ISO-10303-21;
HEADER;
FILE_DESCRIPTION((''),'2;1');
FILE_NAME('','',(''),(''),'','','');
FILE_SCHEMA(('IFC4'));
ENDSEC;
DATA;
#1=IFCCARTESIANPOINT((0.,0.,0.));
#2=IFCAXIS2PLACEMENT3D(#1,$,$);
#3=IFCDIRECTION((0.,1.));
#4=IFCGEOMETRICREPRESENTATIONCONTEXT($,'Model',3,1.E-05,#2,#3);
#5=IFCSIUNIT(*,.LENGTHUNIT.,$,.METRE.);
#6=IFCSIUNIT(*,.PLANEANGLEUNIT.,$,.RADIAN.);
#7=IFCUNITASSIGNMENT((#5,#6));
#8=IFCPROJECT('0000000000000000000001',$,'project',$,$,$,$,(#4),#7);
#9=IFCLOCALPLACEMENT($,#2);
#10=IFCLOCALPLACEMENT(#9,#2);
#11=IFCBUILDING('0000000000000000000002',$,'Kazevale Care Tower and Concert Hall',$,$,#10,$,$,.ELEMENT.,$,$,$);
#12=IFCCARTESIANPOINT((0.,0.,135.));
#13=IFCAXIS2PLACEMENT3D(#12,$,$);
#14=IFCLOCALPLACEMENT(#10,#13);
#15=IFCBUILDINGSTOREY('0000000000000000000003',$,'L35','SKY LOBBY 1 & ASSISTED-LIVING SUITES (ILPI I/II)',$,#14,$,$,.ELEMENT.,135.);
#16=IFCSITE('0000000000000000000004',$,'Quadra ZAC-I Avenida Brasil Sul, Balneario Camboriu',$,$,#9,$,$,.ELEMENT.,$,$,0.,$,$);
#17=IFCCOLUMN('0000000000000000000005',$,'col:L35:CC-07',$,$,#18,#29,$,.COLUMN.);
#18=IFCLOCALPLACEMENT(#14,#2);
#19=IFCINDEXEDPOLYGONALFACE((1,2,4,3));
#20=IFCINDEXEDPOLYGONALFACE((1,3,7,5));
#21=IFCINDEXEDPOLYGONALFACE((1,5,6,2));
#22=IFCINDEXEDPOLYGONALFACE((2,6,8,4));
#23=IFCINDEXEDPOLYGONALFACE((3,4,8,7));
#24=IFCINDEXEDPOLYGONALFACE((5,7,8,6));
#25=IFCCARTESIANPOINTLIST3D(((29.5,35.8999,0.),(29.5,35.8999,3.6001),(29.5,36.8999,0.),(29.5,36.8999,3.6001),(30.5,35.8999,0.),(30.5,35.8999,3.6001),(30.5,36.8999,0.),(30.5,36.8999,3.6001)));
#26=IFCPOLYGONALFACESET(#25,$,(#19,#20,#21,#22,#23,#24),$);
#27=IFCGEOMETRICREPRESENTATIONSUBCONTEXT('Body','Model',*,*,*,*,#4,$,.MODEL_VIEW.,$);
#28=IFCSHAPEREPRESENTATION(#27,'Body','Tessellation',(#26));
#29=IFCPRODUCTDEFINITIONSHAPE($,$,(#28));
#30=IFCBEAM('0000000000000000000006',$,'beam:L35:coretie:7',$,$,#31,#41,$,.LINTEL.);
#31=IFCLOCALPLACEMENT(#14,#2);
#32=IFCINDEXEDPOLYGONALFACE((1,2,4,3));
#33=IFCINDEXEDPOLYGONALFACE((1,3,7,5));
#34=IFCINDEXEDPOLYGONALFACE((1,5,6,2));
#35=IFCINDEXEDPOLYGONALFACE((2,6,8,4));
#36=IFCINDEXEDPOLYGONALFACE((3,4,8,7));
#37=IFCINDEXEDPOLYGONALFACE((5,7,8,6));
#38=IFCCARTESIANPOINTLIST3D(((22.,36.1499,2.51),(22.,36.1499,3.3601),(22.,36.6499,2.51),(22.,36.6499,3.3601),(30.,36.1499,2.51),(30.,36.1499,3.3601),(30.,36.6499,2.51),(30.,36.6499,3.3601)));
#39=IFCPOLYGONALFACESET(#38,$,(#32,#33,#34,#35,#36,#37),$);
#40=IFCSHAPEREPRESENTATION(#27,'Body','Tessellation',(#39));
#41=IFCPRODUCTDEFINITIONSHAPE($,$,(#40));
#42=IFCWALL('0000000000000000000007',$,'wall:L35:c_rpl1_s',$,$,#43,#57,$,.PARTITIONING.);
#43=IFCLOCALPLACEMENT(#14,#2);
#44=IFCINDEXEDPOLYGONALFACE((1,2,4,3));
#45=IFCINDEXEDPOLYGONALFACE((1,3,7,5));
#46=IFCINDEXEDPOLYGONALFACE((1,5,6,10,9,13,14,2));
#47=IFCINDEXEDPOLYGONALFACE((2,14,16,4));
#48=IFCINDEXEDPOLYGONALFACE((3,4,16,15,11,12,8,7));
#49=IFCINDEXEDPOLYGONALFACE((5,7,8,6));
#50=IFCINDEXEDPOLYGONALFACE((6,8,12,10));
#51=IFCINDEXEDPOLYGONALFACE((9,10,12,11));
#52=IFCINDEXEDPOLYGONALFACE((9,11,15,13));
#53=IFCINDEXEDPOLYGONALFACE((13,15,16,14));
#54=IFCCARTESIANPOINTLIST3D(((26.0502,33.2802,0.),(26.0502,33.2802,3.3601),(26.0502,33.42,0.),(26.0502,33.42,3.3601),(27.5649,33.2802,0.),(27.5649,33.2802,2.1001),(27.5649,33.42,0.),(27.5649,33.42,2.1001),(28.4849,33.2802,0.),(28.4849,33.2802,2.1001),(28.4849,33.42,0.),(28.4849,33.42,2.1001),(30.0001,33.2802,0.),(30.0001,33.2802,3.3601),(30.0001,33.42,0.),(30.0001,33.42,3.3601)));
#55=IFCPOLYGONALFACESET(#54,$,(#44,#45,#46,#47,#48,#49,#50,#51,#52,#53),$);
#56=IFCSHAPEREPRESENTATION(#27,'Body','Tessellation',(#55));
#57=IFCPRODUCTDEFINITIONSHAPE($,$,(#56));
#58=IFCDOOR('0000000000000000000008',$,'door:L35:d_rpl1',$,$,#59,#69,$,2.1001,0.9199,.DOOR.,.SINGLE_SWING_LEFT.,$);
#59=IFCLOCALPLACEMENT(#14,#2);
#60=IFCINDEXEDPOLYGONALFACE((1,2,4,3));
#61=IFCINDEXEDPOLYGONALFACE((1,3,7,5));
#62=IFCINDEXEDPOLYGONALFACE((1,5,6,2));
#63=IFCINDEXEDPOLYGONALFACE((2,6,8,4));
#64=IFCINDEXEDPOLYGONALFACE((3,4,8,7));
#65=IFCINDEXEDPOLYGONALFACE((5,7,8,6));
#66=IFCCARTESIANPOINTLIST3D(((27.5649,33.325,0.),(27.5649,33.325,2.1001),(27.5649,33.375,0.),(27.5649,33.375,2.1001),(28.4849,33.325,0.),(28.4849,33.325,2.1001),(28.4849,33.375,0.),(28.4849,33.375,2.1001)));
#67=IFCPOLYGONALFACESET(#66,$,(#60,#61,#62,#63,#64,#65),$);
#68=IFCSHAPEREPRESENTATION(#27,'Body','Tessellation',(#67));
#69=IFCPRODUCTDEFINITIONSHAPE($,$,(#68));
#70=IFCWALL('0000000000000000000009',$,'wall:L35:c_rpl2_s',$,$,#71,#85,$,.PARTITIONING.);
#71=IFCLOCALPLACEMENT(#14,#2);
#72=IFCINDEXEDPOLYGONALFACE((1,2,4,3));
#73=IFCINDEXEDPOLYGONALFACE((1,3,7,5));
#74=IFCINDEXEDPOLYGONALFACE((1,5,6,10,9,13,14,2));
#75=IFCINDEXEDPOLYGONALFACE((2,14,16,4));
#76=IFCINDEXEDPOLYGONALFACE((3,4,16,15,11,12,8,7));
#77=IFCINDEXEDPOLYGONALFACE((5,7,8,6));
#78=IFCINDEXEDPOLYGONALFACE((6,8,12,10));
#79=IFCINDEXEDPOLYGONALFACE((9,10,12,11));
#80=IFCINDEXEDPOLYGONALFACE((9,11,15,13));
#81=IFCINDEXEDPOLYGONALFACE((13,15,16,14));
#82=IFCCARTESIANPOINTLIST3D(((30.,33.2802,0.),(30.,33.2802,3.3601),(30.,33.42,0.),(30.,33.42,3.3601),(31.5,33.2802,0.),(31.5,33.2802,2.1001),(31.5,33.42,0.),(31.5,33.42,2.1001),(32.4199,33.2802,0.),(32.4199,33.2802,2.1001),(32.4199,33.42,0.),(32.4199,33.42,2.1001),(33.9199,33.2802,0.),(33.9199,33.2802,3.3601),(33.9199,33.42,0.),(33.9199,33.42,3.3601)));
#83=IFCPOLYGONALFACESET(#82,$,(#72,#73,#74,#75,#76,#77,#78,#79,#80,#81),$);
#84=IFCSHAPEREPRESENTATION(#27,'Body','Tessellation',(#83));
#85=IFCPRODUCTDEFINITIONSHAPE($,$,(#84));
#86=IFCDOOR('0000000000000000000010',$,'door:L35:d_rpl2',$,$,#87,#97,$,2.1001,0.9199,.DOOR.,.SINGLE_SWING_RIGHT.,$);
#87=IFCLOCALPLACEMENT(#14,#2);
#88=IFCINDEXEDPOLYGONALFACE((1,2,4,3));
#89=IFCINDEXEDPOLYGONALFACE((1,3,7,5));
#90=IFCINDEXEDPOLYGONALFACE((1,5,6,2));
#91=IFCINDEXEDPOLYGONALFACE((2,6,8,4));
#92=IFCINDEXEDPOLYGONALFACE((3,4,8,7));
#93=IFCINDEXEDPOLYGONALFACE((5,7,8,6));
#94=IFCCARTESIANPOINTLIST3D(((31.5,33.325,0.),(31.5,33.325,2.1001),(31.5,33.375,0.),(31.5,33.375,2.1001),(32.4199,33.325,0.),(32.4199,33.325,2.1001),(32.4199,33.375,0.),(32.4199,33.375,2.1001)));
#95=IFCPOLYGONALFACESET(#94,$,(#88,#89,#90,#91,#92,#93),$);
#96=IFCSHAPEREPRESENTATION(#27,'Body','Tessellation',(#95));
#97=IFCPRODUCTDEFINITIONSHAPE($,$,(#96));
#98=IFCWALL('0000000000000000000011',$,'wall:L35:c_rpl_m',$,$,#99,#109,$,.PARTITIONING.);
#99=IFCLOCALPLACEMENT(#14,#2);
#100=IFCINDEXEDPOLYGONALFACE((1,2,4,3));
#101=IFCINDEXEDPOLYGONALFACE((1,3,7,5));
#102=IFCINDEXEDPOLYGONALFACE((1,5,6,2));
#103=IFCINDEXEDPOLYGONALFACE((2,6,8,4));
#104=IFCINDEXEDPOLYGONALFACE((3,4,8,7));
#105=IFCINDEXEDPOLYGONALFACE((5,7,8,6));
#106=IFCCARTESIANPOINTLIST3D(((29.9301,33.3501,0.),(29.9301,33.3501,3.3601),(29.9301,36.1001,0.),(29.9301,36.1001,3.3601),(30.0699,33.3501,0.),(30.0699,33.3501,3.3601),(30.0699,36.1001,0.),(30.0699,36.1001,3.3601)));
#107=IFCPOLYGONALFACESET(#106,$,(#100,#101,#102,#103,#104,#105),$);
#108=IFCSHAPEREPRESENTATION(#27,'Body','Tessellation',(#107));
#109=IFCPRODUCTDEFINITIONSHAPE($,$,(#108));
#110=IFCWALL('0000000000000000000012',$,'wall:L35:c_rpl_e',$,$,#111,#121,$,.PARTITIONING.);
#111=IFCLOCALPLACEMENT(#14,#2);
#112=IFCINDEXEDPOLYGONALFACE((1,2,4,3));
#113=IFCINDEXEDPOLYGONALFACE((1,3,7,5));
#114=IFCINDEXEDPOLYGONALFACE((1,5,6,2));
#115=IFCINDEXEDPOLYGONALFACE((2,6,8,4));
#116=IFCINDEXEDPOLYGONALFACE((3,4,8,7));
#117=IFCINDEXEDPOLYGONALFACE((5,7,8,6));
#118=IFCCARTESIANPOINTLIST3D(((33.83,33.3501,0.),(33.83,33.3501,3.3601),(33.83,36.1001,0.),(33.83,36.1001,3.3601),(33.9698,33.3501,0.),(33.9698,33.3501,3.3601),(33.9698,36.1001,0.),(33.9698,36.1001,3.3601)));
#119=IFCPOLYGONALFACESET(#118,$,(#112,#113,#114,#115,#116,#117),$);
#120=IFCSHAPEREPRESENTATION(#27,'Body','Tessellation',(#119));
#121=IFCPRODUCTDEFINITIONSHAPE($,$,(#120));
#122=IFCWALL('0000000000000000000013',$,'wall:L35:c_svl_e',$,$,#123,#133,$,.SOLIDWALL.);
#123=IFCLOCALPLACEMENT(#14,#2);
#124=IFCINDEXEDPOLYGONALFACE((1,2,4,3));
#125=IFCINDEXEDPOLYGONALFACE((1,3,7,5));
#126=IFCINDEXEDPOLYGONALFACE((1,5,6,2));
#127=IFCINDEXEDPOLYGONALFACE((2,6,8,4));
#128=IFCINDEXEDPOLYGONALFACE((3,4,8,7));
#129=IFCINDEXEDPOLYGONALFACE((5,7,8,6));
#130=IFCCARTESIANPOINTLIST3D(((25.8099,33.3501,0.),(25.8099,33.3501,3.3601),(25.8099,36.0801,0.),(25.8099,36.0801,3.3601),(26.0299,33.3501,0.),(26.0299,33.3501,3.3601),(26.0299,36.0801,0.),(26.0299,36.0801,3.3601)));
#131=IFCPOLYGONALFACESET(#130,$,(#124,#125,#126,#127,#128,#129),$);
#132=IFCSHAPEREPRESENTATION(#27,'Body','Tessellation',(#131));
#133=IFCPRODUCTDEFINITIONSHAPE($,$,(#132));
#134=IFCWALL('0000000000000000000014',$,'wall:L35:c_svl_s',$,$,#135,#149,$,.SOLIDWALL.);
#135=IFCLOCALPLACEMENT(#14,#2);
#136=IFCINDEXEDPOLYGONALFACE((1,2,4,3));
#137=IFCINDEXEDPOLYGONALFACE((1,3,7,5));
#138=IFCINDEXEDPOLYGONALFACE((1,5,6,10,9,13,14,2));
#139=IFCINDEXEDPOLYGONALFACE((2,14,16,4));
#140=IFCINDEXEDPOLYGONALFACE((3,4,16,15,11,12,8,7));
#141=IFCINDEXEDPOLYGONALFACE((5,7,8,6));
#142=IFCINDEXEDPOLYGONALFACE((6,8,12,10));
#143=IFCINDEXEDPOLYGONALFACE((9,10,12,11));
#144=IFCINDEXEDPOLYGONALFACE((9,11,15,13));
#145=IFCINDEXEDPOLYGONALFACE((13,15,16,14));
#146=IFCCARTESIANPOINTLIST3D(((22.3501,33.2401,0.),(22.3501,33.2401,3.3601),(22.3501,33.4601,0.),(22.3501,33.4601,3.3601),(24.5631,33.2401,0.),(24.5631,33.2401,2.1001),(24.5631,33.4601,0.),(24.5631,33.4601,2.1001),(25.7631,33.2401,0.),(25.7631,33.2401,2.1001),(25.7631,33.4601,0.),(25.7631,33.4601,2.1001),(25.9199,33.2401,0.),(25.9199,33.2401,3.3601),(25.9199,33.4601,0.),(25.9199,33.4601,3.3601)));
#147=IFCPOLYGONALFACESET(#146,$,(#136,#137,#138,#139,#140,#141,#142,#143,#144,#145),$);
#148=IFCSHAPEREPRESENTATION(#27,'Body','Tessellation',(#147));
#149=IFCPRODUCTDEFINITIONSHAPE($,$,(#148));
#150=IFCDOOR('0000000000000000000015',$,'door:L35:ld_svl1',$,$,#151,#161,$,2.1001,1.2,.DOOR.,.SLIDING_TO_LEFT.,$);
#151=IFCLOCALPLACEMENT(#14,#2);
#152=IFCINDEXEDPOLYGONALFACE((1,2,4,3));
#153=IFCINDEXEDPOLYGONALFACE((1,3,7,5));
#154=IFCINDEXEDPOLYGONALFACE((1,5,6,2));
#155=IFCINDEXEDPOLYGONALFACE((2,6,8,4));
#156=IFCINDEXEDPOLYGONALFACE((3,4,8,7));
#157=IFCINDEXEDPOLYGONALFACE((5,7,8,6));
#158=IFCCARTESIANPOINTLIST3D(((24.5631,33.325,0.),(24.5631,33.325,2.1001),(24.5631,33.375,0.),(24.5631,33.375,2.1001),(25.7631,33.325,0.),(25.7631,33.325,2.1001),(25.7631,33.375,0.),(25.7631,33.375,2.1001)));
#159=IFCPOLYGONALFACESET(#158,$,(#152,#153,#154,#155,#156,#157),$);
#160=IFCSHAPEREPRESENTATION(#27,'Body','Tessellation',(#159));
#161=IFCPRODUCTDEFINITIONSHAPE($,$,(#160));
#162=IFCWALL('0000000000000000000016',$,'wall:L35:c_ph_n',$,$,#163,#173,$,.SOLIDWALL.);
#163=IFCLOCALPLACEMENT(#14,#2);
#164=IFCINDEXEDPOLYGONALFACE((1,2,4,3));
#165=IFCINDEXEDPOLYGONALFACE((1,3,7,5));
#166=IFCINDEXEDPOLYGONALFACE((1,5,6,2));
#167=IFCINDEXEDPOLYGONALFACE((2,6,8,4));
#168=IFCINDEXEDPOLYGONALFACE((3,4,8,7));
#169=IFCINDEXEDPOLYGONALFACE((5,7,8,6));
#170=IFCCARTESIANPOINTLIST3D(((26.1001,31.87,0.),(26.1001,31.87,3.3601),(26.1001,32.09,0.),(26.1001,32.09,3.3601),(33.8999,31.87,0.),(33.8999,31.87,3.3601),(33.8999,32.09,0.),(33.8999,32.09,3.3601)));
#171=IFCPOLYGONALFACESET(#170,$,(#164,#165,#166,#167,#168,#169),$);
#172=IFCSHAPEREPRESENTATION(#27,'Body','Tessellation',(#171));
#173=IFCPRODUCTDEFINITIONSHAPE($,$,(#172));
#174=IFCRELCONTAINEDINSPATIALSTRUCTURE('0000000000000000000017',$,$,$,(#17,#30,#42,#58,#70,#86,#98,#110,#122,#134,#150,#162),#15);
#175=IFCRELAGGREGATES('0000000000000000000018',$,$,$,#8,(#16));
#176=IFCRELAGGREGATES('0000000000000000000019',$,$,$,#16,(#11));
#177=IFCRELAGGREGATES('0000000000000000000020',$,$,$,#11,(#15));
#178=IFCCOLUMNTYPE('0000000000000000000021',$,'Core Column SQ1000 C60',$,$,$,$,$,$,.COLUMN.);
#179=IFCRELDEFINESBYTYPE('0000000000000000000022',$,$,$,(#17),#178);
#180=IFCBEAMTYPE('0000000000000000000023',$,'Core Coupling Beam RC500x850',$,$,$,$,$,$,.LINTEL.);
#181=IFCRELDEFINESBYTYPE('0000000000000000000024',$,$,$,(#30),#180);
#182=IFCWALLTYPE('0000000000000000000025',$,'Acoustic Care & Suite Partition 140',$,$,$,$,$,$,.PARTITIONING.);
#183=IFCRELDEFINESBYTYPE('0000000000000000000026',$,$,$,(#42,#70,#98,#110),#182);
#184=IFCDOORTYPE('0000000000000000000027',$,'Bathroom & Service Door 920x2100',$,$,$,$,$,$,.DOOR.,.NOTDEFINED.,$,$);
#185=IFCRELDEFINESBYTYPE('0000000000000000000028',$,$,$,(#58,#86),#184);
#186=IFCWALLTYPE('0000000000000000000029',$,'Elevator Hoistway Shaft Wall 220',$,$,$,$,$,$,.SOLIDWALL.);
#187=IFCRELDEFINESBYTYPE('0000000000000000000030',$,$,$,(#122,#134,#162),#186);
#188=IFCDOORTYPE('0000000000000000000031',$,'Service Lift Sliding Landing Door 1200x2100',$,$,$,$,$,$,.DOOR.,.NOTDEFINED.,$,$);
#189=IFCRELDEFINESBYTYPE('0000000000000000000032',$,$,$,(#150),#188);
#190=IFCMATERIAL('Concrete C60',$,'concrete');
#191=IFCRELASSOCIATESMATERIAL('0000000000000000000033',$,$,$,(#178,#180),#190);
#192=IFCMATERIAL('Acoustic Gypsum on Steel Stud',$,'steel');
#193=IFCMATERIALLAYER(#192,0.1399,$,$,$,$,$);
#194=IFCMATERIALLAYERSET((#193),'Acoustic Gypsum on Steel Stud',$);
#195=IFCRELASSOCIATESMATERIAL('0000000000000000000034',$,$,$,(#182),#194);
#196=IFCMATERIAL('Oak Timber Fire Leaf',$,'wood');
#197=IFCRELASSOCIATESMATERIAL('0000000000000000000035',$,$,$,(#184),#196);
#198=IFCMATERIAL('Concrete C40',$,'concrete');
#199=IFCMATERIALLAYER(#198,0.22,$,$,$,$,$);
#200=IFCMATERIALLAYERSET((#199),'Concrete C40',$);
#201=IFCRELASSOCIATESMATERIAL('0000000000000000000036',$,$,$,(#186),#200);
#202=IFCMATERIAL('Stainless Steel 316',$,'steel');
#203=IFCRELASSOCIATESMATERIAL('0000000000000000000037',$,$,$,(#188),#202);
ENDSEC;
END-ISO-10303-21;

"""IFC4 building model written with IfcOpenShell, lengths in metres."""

from ifc_helpers import new_model, si_unit, direction, frame, frame_2d, origin, origin_2d, place, context, subcontext, project, spatial, rectangle, extrude, material, layer, layer_set, material_profile, profile_set, type_object, element, fill, save


model = new_model("IFC4")

# Units and contexts
model_context = context("Model", 3, precision=1e-05, world=origin(), true_north=direction((0.0, 1.0)))
body_context = subcontext(model_context, "Body", "Model", "MODEL_VIEW")
ifc_project = project(units=[si_unit("LENGTHUNIT", "METRE"), si_unit("PLANEANGLEUNIT", "RADIAN")], contexts=[model_context])

# Site, building, storey
site_placement = place(None, origin())
site = spatial("IfcSite", under=ifc_project, at=site_placement, Name="Quadra ZAC-I Avenida Brasil Sul, Balneario Camboriu", CompositionType="ELEMENT", RefElevation=0.0)
building_placement = place(site_placement, origin())
building = spatial("IfcBuilding", under=site, at=building_placement, Name="Kazevale Care Tower and Concert Hall", CompositionType="ELEMENT")
storey_placement = place(building_placement, frame((0.0, 0.0, 135.0)))
storey = spatial("IfcBuildingStorey", under=building, at=storey_placement, Name="L35", Description="SKY LOBBY 1 & ASSISTED-LIVING SUITES (ILPI I/II)", CompositionType="ELEMENT", Elevation=135.0)

# Column
ifc_material_1 = material(Name="Concrete C60", Category="concrete")
ifc_material_profile_1 = material_profile(ifc_material_1, rectangle(XDim=1.0, YDim=1.0, at=origin_2d()), Name="RC-SQ1000")
ifc_profile_set_1 = profile_set([ifc_material_profile_1], Name="Concrete C60")
column_type = type_object("IfcColumnType", Name="Core Column SQ1000 C60", PredefinedType="COLUMN", material=ifc_profile_set_1)
column_placement = place(storey_placement, frame((30.0, 36.3999, 0.0), z_axis=(0.0, 0.0, 1.0), x_axis=(1.0, 0.0, 0.0)))
element("IfcColumn", 1, at=column_placement, inside=storey, type_object=column_type, Name="col:L35:CC-07", PredefinedType="COLUMN", context=body_context, shape_type="SweptSolid", body=[
    extrude(rectangle(XDim=1.0, YDim=1.0, at=origin_2d()), origin(), (0.0, 0.0, 1.0), 3.6001),
])

# Beam
ifc_material_profile_2 = material_profile(ifc_material_1, rectangle(XDim=0.5, YDim=0.8501, at=origin_2d()), Name="RC-B500x850")
ifc_profile_set_2 = profile_set([ifc_material_profile_2], Name="Concrete C60")
beam_type = type_object("IfcBeamType", Name="Core Coupling Beam RC500x850", PredefinedType="LINTEL", material=ifc_profile_set_2)
beam_placement = place(storey_placement, frame((30.0, 36.3999, 2.9351), z_axis=(-1.0, 0.0, 0.0), x_axis=(0.0, -1.0, 0.0)))
element("IfcBeam", 2, at=beam_placement, inside=storey, type_object=beam_type, Name="beam:L35:coretie:7", PredefinedType="LINTEL", context=body_context, shape_type="SweptSolid", body=[
    extrude(rectangle(XDim=0.5, YDim=0.8501, at=origin_2d()), origin(), (0.0, 0.0, 1.0), 8.0),
])

# Walls, openings, doors
ifc_material_2 = material(Name="Acoustic Gypsum on Steel Stud", Category="steel")
ifc_layer_1 = layer(ifc_material_2, 0.1399)
ifc_layer_set_1 = layer_set([ifc_layer_1], Name="Acoustic Gypsum on Steel Stud")
wall_type_1 = type_object("IfcWallType", Name="Acoustic Care & Suite Partition 140", PredefinedType="PARTITIONING", material=ifc_layer_set_1)
wall_1_placement = place(storey_placement, frame((26.05, 33.3501, 0.0), z_axis=(0.0, 0.0, 1.0), x_axis=(1.0, 0.0, 0.0)))
wall_1 = element("IfcWall", 3, at=wall_1_placement, inside=storey, type_object=wall_type_1, Name="wall:L35:c_rpl1_s", PredefinedType="PARTITIONING", context=body_context, shape_type="SweptSolid", body=[
    extrude(rectangle(XDim=3.95, YDim=0.1399, at=frame_2d((1.9751, 0.0))), origin(), (0.0, 0.0, 1.0), 3.3601),
])
opening_1_placement = place(wall_1_placement, frame((1.5149, 0.0, 0.0)))
opening_1 = element("IfcOpeningElement", 4, at=opening_1_placement, cuts=wall_1, PredefinedType="OPENING", context=body_context, shape_type="SweptSolid", body=[
    extrude(rectangle(XDim=0.9199, YDim=2.1001, at=frame_2d((0.46, 1.05))), frame((0.0, 0.0798, 0.0), z_axis=(0.0, -1.0, 0.0), x_axis=(1.0, 0.0, 0.0)), (0.0, 0.0, 1.0), 0.1599),
])
ifc_material_3 = material(Name="Oak Timber Fire Leaf", Category="wood")
door_type_1 = type_object("IfcDoorType", Name="Bathroom & Service Door 920x2100", OperationType="NOTDEFINED", PredefinedType="DOOR", material=ifc_material_3)
door_1_placement = place(opening_1_placement, origin())
door_1 = element("IfcDoor", 5, at=door_1_placement, inside=storey, type_object=door_type_1, Name="door:L35:d_rpl1", OperationType="SINGLE_SWING_LEFT", OverallHeight=2.1001, OverallWidth=0.9199, PredefinedType="DOOR", context=body_context, shape_type="SweptSolid", body=[
    extrude(rectangle(XDim=0.9199, YDim=2.1001, at=frame_2d((0.46, 1.05))), frame((0.0, 0.0249, 0.0), z_axis=(0.0, -1.0, 0.0), x_axis=(1.0, 0.0, 0.0)), (0.0, 0.0, 1.0), 0.05),
])
fill(opening_1, door_1)
wall_2_placement = place(storey_placement, frame((30.0, 33.3501, 0.0), z_axis=(0.0, 0.0, 1.0), x_axis=(1.0, 0.0, 0.0)))
wall_2 = element("IfcWall", 6, at=wall_2_placement, inside=storey, type_object=wall_type_1, Name="wall:L35:c_rpl2_s", PredefinedType="PARTITIONING", context=body_context, shape_type="SweptSolid", body=[
    extrude(rectangle(XDim=3.9199, YDim=0.1399, at=frame_2d((1.96, 0.0))), origin(), (0.0, 0.0, 1.0), 3.3601),
])
opening_2_placement = place(wall_2_placement, frame((1.5, 0.0, 0.0)))
opening_2 = element("IfcOpeningElement", 7, at=opening_2_placement, cuts=wall_2, PredefinedType="OPENING", context=body_context, shape_type="SweptSolid", body=[
    extrude(rectangle(XDim=0.9199, YDim=2.1001, at=frame_2d((0.46, 1.05))), frame((0.0, 0.0798, 0.0), z_axis=(0.0, -1.0, 0.0), x_axis=(1.0, 0.0, 0.0)), (0.0, 0.0, 1.0), 0.1599),
])
door_2_placement = place(opening_2_placement, origin())
door_2 = element("IfcDoor", 8, at=door_2_placement, inside=storey, type_object=door_type_1, Name="door:L35:d_rpl2", OperationType="SINGLE_SWING_RIGHT", OverallHeight=2.1001, OverallWidth=0.9199, PredefinedType="DOOR", context=body_context, shape_type="SweptSolid", body=[
    extrude(rectangle(XDim=0.9199, YDim=2.1001, at=frame_2d((0.46, 1.05))), frame((0.0, 0.0249, 0.0), z_axis=(0.0, -1.0, 0.0), x_axis=(1.0, 0.0, 0.0)), (0.0, 0.0, 1.0), 0.05),
])
fill(opening_2, door_2)

# Walls
for number, where, z_axis, x_axis, name in (
    (9, (30.0, 33.3501, 0.0), (0.0, 0.0, 1.0), (0.0, 1.0, 0.0), "wall:L35:c_rpl_m"),
    (10, (33.8999, 33.3501, 0.0), (0.0, 0.0, 1.0), (0.0, 1.0, 0.0), "wall:L35:c_rpl_e"),
):
    element("IfcWall", number, at=place(storey_placement, frame(where, z_axis=z_axis, x_axis=x_axis)), inside=storey, type_object=wall_type_1, Name=name, PredefinedType="PARTITIONING", context=body_context, shape_type="SweptSolid", body=[
        extrude(rectangle(XDim=2.75, YDim=0.1399, at=frame_2d((1.375, 0.0))), origin(), (0.0, 0.0, 1.0), 3.3601),
    ])
ifc_material_4 = material(Name="Concrete C40", Category="concrete")
ifc_layer_2 = layer(ifc_material_4, 0.22)
ifc_layer_set_2 = layer_set([ifc_layer_2], Name="Concrete C40")
wall_type_2 = type_object("IfcWallType", Name="Elevator Hoistway Shaft Wall 220", PredefinedType="SOLIDWALL", material=ifc_layer_set_2)
wall_3_placement = place(storey_placement, frame((25.9199, 33.3501, 0.0), z_axis=(0.0, 0.0, 1.0), x_axis=(0.0, 1.0, 0.0)))
element("IfcWall", 11, at=wall_3_placement, inside=storey, type_object=wall_type_2, Name="wall:L35:c_svl_e", PredefinedType="SOLIDWALL", context=body_context, shape_type="SweptSolid", body=[
    extrude(rectangle(XDim=2.73, YDim=0.22, at=frame_2d((1.365, 0.0))), origin(), (0.0, 0.0, 1.0), 3.3601),
])

# Wall, opening, door
wall_4_placement = place(storey_placement, frame((22.3501, 33.3501, 0.0), z_axis=(0.0, 0.0, 1.0), x_axis=(1.0, 0.0, 0.0)))
wall_4 = element("IfcWall", 12, at=wall_4_placement, inside=storey, type_object=wall_type_2, Name="wall:L35:c_svl_s", PredefinedType="SOLIDWALL", context=body_context, shape_type="SweptSolid", body=[
    extrude(rectangle(XDim=3.5698, YDim=0.22, at=frame_2d((1.7849, 0.0))), origin(), (0.0, 0.0, 1.0), 3.3601),
])
opening_3_placement = place(wall_4_placement, frame((2.2129, 0.0, 0.0)))
opening_3 = element("IfcOpeningElement", 13, at=opening_3_placement, cuts=wall_4, PredefinedType="OPENING", context=body_context, shape_type="SweptSolid", body=[
    extrude(rectangle(XDim=1.2, YDim=2.1001, at=frame_2d((0.6001, 1.05))), frame((0.0, 0.1199, 0.0), z_axis=(0.0, -1.0, 0.0), x_axis=(1.0, 0.0, 0.0)), (0.0, 0.0, 1.0), 0.24),
])
ifc_material_5 = material(Name="Stainless Steel 316", Category="steel")
door_type_2 = type_object("IfcDoorType", Name="Service Lift Sliding Landing Door 1200x2100", OperationType="NOTDEFINED", PredefinedType="DOOR", material=ifc_material_5)
door_3_placement = place(opening_3_placement, origin())
door_3 = element("IfcDoor", 14, at=door_3_placement, inside=storey, type_object=door_type_2, Name="door:L35:ld_svl1", OperationType="SLIDING_TO_LEFT", OverallHeight=2.1001, OverallWidth=1.2, PredefinedType="DOOR", context=body_context, shape_type="SweptSolid", body=[
    extrude(rectangle(XDim=1.2, YDim=2.1001, at=frame_2d((0.6001, 1.05))), frame((0.0, 0.0249, 0.0), z_axis=(0.0, -1.0, 0.0), x_axis=(1.0, 0.0, 0.0)), (0.0, 0.0, 1.0), 0.05),
])
fill(opening_3, door_3)

# Wall
wall_5_placement = place(storey_placement, frame((26.1001, 31.98, 0.0), z_axis=(0.0, 0.0, 1.0), x_axis=(1.0, 0.0, 0.0)))
element("IfcWall", 15, at=wall_5_placement, inside=storey, type_object=wall_type_2, Name="wall:L35:c_ph_n", PredefinedType="SOLIDWALL", context=body_context, shape_type="SweptSolid", body=[
    extrude(rectangle(XDim=7.7998, YDim=0.22, at=frame_2d((3.8999, 0.0))), origin(), (0.0, 0.0, 1.0), 3.3601),
])

save(model, "model.ifc")
